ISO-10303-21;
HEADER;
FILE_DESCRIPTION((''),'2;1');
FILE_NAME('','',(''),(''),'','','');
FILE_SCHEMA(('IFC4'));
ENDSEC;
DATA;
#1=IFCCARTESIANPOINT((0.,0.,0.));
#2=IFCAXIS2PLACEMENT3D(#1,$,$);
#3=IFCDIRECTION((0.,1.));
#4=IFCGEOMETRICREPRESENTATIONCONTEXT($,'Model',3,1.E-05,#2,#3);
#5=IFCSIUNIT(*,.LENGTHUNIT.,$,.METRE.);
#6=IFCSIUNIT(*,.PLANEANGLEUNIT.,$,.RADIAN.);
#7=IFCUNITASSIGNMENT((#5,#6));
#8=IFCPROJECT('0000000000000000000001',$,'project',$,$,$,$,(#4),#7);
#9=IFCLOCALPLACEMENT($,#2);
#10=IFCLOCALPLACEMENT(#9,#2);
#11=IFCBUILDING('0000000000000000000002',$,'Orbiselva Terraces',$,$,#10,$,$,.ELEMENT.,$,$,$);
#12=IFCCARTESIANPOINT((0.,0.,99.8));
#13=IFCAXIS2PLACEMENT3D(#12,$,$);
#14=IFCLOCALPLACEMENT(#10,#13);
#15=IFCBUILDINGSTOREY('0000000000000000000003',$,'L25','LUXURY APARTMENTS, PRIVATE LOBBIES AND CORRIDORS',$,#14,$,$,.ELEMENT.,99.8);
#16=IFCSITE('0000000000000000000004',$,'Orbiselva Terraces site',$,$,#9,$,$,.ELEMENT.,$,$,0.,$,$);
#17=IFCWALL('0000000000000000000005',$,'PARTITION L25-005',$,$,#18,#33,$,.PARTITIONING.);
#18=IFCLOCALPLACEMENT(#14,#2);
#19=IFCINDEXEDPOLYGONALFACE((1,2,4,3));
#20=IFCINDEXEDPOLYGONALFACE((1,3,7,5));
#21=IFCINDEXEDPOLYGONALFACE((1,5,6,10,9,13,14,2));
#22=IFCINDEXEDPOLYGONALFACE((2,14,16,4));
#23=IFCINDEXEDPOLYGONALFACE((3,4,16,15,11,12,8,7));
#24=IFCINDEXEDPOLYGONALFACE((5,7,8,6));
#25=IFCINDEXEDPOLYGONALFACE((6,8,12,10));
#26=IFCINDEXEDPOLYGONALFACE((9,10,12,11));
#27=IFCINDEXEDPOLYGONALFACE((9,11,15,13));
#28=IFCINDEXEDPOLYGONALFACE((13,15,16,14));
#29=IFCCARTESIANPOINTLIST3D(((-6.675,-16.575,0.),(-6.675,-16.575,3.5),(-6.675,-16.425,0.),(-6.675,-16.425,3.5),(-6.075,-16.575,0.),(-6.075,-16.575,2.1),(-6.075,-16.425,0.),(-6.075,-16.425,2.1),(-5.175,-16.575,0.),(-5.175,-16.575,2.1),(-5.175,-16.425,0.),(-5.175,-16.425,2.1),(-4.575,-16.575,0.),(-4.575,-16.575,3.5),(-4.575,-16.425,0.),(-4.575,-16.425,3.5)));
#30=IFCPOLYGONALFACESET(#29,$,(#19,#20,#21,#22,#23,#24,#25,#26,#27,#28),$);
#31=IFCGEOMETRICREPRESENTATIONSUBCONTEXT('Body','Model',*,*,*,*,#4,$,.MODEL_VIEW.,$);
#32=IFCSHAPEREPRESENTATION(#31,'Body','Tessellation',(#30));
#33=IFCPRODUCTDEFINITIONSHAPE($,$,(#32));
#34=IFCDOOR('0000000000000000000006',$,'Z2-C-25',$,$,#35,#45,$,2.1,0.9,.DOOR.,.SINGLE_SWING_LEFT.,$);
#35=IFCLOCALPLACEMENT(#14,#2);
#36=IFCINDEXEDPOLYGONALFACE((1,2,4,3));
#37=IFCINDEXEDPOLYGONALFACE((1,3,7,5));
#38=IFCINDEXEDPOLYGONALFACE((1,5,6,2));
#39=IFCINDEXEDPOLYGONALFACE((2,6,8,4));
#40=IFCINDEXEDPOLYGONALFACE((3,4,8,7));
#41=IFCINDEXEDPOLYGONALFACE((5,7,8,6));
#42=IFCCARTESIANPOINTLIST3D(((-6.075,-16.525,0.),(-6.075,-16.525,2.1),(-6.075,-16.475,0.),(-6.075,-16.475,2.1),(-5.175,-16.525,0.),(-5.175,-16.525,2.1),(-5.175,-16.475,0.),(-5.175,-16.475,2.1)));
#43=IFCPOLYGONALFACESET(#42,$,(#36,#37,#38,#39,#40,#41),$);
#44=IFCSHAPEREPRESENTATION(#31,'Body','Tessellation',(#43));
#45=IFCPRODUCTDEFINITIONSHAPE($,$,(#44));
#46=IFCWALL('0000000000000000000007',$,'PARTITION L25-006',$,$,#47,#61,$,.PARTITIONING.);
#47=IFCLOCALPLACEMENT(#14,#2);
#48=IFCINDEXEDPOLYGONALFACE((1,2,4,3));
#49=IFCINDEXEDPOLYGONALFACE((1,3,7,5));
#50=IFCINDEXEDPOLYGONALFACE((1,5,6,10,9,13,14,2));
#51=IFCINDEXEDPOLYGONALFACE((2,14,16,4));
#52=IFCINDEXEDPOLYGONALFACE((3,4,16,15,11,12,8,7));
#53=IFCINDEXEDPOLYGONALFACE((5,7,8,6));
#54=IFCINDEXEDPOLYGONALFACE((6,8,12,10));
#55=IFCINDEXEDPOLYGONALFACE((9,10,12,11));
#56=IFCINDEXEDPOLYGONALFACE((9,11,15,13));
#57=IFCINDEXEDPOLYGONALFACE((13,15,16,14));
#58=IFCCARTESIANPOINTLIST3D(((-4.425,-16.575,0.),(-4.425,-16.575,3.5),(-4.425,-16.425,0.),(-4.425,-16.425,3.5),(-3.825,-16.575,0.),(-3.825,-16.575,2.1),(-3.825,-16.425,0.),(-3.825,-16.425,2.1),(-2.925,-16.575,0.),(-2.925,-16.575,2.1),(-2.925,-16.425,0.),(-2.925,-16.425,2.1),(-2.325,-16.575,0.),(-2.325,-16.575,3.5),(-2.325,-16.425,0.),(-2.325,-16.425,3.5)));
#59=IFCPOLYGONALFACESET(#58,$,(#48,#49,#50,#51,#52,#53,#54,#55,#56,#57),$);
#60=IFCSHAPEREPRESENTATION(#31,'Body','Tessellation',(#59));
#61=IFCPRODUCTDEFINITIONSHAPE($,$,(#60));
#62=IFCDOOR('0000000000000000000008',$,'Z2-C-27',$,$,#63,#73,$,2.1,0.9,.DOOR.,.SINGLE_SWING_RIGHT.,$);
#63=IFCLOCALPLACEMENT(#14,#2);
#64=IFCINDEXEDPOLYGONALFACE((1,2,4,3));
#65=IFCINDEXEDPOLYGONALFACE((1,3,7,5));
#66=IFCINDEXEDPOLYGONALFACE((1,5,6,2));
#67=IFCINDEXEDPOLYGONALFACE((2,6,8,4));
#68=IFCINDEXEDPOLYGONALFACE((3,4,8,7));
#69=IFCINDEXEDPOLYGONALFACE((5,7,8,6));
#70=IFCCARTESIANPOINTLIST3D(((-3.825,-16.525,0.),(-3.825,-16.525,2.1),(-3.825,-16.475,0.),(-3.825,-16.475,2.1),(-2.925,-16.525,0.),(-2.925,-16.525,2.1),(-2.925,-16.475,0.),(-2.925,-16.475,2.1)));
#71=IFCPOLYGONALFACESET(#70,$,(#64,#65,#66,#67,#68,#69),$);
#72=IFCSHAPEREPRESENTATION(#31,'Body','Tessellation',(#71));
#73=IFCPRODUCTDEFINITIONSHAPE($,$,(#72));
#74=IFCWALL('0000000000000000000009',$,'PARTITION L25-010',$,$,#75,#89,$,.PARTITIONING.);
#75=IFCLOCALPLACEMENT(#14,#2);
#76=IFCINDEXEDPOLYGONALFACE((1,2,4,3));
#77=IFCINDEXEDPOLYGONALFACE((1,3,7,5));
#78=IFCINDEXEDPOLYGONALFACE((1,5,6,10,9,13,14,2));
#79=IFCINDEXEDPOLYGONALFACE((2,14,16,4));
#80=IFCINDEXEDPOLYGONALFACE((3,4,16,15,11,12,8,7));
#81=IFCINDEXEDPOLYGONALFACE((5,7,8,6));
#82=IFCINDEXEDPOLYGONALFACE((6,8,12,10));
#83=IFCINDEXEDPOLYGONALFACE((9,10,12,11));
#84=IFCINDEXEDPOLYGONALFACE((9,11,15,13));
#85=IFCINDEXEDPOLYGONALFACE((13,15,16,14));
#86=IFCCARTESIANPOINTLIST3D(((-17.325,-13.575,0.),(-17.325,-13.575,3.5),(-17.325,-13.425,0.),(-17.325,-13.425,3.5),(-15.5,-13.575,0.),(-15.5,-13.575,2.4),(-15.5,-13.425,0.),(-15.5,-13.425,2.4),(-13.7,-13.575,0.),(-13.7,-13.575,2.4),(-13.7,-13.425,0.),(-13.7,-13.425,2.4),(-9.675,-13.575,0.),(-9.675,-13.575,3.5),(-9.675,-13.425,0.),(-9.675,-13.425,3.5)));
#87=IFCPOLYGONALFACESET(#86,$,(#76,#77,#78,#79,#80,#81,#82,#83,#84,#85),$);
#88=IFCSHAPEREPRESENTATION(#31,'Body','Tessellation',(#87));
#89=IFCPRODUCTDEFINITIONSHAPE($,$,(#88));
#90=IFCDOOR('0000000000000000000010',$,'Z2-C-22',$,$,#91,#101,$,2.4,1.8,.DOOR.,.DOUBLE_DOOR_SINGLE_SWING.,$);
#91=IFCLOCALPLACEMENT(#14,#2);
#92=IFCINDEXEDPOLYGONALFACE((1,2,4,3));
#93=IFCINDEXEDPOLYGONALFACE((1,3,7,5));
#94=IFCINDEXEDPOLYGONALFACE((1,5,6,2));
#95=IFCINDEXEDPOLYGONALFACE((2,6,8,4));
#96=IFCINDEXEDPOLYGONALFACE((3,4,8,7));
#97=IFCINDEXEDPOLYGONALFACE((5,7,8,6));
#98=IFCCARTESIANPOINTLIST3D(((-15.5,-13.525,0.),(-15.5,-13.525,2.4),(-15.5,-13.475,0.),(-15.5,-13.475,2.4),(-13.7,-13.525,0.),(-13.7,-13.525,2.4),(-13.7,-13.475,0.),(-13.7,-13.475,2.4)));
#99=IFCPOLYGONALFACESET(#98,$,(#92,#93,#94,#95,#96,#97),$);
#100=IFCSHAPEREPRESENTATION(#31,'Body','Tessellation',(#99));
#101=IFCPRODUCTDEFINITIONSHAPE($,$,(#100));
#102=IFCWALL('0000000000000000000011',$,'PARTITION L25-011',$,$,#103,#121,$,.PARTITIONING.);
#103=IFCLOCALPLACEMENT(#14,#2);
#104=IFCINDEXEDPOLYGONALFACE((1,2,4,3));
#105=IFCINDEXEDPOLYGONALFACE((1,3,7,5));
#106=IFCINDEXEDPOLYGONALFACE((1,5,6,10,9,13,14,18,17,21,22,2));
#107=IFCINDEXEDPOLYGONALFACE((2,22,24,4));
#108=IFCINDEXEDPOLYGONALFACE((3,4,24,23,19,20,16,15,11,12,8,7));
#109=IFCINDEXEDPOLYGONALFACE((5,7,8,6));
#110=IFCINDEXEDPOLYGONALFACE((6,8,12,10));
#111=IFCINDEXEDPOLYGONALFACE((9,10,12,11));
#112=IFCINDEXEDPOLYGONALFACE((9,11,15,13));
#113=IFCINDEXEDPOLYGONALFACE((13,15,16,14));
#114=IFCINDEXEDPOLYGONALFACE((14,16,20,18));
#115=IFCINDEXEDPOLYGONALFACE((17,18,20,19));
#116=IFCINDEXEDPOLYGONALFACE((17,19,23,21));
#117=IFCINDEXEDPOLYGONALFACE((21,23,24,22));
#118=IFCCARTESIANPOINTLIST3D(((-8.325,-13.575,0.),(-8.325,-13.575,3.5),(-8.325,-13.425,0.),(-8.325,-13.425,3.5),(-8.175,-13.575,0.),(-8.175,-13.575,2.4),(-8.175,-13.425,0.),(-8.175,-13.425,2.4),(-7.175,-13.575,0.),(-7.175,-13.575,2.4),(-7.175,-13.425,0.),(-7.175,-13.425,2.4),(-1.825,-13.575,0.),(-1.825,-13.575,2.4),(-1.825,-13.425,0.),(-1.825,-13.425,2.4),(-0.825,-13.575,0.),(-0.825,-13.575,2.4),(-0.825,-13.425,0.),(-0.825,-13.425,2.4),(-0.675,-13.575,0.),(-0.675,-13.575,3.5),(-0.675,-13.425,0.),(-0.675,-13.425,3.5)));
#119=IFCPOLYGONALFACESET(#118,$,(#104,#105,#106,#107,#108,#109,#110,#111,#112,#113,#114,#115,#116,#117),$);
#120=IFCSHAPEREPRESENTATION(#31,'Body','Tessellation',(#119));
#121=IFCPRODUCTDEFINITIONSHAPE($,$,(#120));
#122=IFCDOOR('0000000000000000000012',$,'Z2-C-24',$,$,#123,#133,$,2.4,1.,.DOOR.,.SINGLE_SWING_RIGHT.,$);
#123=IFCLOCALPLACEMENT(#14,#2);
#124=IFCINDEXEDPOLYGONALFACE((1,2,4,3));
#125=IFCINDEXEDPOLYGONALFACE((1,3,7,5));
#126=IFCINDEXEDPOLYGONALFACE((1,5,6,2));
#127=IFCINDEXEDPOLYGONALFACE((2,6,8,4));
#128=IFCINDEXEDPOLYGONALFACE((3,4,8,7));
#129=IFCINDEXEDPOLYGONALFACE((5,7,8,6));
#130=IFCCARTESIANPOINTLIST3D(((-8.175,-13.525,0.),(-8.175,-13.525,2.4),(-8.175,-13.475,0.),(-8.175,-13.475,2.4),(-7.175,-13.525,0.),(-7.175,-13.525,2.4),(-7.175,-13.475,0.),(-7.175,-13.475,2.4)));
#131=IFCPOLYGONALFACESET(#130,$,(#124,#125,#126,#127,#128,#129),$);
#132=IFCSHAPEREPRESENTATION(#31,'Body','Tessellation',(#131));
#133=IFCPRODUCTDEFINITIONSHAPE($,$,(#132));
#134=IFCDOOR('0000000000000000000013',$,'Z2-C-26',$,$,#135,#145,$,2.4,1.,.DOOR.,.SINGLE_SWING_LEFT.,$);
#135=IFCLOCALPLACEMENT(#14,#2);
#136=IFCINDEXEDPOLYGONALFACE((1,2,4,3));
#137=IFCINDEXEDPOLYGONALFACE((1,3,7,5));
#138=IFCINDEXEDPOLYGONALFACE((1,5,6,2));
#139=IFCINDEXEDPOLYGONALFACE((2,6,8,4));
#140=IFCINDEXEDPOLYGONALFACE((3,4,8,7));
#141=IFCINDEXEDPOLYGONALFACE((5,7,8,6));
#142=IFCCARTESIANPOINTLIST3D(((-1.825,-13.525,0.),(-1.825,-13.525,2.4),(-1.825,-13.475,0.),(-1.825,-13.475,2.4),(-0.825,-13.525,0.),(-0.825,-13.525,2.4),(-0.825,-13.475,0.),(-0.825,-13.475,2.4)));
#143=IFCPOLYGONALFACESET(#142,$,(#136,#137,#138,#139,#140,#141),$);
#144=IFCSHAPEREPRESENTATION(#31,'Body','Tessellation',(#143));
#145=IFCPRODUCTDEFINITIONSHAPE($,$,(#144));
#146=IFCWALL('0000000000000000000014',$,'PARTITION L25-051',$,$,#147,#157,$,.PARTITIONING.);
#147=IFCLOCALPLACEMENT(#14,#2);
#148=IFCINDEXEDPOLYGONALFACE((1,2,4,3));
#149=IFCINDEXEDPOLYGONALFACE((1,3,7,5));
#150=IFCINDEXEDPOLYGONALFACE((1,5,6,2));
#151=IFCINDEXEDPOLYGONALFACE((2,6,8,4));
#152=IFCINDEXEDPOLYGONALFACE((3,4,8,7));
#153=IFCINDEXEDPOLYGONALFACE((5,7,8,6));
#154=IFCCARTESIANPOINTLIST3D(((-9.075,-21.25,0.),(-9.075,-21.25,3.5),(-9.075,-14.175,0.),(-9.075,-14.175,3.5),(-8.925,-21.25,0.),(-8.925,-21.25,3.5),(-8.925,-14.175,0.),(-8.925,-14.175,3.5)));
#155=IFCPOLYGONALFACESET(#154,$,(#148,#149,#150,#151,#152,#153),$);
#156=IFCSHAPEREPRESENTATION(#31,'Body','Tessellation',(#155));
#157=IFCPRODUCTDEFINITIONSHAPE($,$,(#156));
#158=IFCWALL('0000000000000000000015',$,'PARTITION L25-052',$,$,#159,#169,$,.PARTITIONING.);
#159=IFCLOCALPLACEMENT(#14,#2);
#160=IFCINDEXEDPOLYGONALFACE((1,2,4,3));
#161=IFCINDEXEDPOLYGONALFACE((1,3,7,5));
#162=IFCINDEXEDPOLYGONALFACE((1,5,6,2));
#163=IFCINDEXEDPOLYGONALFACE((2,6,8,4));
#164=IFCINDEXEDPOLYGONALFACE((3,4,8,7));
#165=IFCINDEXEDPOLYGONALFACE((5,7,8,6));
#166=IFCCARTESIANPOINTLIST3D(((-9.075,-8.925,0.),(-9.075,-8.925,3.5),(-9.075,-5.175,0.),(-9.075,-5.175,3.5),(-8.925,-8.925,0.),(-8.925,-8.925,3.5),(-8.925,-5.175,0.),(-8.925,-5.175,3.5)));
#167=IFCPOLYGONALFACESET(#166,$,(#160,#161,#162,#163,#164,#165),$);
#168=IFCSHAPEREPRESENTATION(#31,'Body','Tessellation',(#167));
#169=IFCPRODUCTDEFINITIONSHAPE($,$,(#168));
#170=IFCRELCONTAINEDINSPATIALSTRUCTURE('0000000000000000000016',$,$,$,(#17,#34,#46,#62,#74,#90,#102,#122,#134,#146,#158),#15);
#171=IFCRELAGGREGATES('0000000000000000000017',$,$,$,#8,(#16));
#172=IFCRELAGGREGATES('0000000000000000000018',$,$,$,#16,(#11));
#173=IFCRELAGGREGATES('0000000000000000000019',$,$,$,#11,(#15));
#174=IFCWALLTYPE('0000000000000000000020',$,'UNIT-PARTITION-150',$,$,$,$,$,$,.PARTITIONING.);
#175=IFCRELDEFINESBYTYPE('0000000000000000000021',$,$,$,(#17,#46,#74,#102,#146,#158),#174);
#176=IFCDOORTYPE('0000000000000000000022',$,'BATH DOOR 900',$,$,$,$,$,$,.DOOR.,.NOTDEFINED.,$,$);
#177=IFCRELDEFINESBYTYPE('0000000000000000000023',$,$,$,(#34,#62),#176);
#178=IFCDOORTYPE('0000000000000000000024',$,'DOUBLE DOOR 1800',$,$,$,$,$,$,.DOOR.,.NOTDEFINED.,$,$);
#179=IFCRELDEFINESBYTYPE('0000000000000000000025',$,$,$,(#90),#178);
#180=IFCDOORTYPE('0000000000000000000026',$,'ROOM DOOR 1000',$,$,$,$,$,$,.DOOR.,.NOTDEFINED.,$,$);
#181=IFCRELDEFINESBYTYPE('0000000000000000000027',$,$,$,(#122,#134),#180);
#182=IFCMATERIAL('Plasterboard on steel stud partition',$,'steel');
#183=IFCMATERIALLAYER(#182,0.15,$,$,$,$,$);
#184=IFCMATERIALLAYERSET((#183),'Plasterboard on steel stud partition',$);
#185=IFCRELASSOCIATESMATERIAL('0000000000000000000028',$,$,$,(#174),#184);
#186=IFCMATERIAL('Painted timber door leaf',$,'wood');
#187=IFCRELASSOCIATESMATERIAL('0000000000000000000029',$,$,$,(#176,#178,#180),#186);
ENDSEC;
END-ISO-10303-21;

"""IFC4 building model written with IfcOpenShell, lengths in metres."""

from ifc_helpers import new_model, si_unit, direction, frame, frame_2d, origin, place, context, subcontext, project, spatial, rectangle, extrude, material, layer, layer_set, type_object, element, fill, save


model = new_model("IFC4")

# Units and contexts
model_context = context("Model", 3, precision=1e-05, world=origin(), true_north=direction((0.0, 1.0)))
body_context = subcontext(model_context, "Body", "Model", "MODEL_VIEW")
ifc_project = project(units=[si_unit("LENGTHUNIT", "METRE"), si_unit("PLANEANGLEUNIT", "RADIAN")], contexts=[model_context])

# Site, building, storey
site_placement = place(None, origin())
site = spatial("IfcSite", under=ifc_project, at=site_placement, Name="Orbiselva Terraces site", CompositionType="ELEMENT", RefElevation=0.0)
building_placement = place(site_placement, origin())
building = spatial("IfcBuilding", under=site, at=building_placement, Name="Orbiselva Terraces", CompositionType="ELEMENT")
storey_placement = place(building_placement, frame((0.0, 0.0, 99.8)))
storey = spatial("IfcBuildingStorey", under=building, at=storey_placement, Name="L25", Description="LUXURY APARTMENTS, PRIVATE LOBBIES AND CORRIDORS", CompositionType="ELEMENT", Elevation=99.8)

# Walls, openings, doors
ifc_material_1 = material(Name="Plasterboard on steel stud partition", Category="steel")
ifc_layer_1 = layer(ifc_material_1, 0.15)
ifc_layer_set_1 = layer_set([ifc_layer_1], Name="Plasterboard on steel stud partition")
wall_type_1 = type_object("IfcWallType", Name="UNIT-PARTITION-150", PredefinedType="PARTITIONING", material=ifc_layer_set_1)
wall_1_placement = place(storey_placement, frame((-6.675, -16.5, 0.0), z_axis=(0.0, 0.0, 1.0), x_axis=(1.0, 0.0, 0.0)))
wall_1 = element("IfcWall", 1, at=wall_1_placement, inside=storey, type_object=wall_type_1, Name="PARTITION L25-005", PredefinedType="PARTITIONING", context=body_context, shape_type="SweptSolid", body=[
    extrude(rectangle(XDim=2.1, YDim=0.15, at=frame_2d((1.05, 0.0))), origin(), (0.0, 0.0, 1.0), 3.5),
])
opening_1_placement = place(wall_1_placement, frame((0.6, 0.0, 0.0)))
opening_1 = element("IfcOpeningElement", 2, at=opening_1_placement, cuts=wall_1, PredefinedType="OPENING", context=body_context, shape_type="SweptSolid", body=[
    extrude(rectangle(XDim=0.9, YDim=2.1, at=frame_2d((0.45, 1.05))), frame((0.0, 0.085, 0.0), z_axis=(0.0, -1.0, 0.0), x_axis=(1.0, 0.0, 0.0)), (0.0, 0.0, 1.0), 0.17),
])
ifc_material_2 = material(Name="Painted timber door leaf", Category="wood")
door_type_1 = type_object("IfcDoorType", Name="BATH DOOR 900", OperationType="NOTDEFINED", PredefinedType="DOOR", material=ifc_material_2)
door_1_placement = place(opening_1_placement, origin())
door_1 = element("IfcDoor", 3, at=door_1_placement, inside=storey, type_object=door_type_1, Name="Z2-C-25", OperationType="SINGLE_SWING_LEFT", OverallHeight=2.1, OverallWidth=0.9, PredefinedType="DOOR", context=body_context, shape_type="SweptSolid", body=[
    extrude(rectangle(XDim=0.9, YDim=2.1, at=frame_2d((0.45, 1.05))), frame((0.0, 0.025, 0.0), z_axis=(0.0, -1.0, 0.0), x_axis=(1.0, 0.0, 0.0)), (0.0, 0.0, 1.0), 0.05),
])
fill(opening_1, door_1)
wall_2_placement = place(storey_placement, frame((-4.425, -16.5, 0.0), z_axis=(0.0, 0.0, 1.0), x_axis=(1.0, 0.0, 0.0)))
wall_2 = element("IfcWall", 4, at=wall_2_placement, inside=storey, type_object=wall_type_1, Name="PARTITION L25-006", PredefinedType="PARTITIONING", context=body_context, shape_type="SweptSolid", body=[
    extrude(rectangle(XDim=2.1, YDim=0.15, at=frame_2d((1.05, 0.0))), origin(), (0.0, 0.0, 1.0), 3.5),
])
opening_2_placement = place(wall_2_placement, frame((0.6, 0.0, 0.0)))
opening_2 = element("IfcOpeningElement", 5, at=opening_2_placement, cuts=wall_2, PredefinedType="OPENING", context=body_context, shape_type="SweptSolid", body=[
    extrude(rectangle(XDim=0.9, YDim=2.1, at=frame_2d((0.45, 1.05))), frame((0.0, 0.085, 0.0), z_axis=(0.0, -1.0, 0.0), x_axis=(1.0, 0.0, 0.0)), (0.0, 0.0, 1.0), 0.17),
])
door_2_placement = place(opening_2_placement, origin())
door_2 = element("IfcDoor", 6, at=door_2_placement, inside=storey, type_object=door_type_1, Name="Z2-C-27", OperationType="SINGLE_SWING_RIGHT", OverallHeight=2.1, OverallWidth=0.9, PredefinedType="DOOR", context=body_context, shape_type="SweptSolid", body=[
    extrude(rectangle(XDim=0.9, YDim=2.1, at=frame_2d((0.45, 1.05))), frame((0.0, 0.025, 0.0), z_axis=(0.0, -1.0, 0.0), x_axis=(1.0, 0.0, 0.0)), (0.0, 0.0, 1.0), 0.05),
])
fill(opening_2, door_2)
wall_3_placement = place(storey_placement, frame((-9.675, -13.5, 0.0), z_axis=(0.0, 0.0, 1.0), x_axis=(-1.0, 0.0, 0.0)))
wall_3 = element("IfcWall", 7, at=wall_3_placement, inside=storey, type_object=wall_type_1, Name="PARTITION L25-010", PredefinedType="PARTITIONING", context=body_context, shape_type="SweptSolid", body=[
    extrude(rectangle(XDim=7.65, YDim=0.15, at=frame_2d((3.825, 0.0))), origin(), (0.0, 0.0, 1.0), 3.5),
])
opening_3_placement = place(wall_3_placement, frame((4.025, 0.0, 0.0)))
opening_3 = element("IfcOpeningElement", 8, at=opening_3_placement, cuts=wall_3, PredefinedType="OPENING", context=body_context, shape_type="SweptSolid", body=[
    extrude(rectangle(XDim=1.8, YDim=2.4, at=frame_2d((0.9, 1.2))), frame((0.0, 0.085, 0.0), z_axis=(0.0, -1.0, 0.0), x_axis=(1.0, 0.0, 0.0)), (0.0, 0.0, 1.0), 0.17),
])
door_type_2 = type_object("IfcDoorType", Name="DOUBLE DOOR 1800", OperationType="NOTDEFINED", PredefinedType="DOOR", material=ifc_material_2)
door_3_placement = place(opening_3_placement, origin())
door_3 = element("IfcDoor", 9, at=door_3_placement, inside=storey, type_object=door_type_2, Name="Z2-C-22", OperationType="DOUBLE_DOOR_SINGLE_SWING", OverallHeight=2.4, OverallWidth=1.8, PredefinedType="DOOR", context=body_context, shape_type="SweptSolid", body=[
    extrude(rectangle(XDim=1.8, YDim=2.4, at=frame_2d((0.9, 1.2))), frame((0.0, 0.025, 0.0), z_axis=(0.0, -1.0, 0.0), x_axis=(1.0, 0.0, 0.0)), (0.0, 0.0, 1.0), 0.05),
])
fill(opening_3, door_3)

# Wall, openings, doors
wall_4_placement = place(storey_placement, frame((-0.675, -13.5, 0.0), z_axis=(0.0, 0.0, 1.0), x_axis=(-1.0, 0.0, 0.0)))
wall_4 = element("IfcWall", 10, at=wall_4_placement, inside=storey, type_object=wall_type_1, Name="PARTITION L25-011", PredefinedType="PARTITIONING", context=body_context, shape_type="SweptSolid", body=[
    extrude(rectangle(XDim=7.65, YDim=0.15, at=frame_2d((3.825, 0.0))), origin(), (0.0, 0.0, 1.0), 3.5),
])
opening_4_placement = place(wall_4_placement, frame((6.5, 0.0, 0.0)))
opening_4 = element("IfcOpeningElement", 11, at=opening_4_placement, cuts=wall_4, PredefinedType="OPENING", context=body_context, shape_type="SweptSolid", body=[
    extrude(rectangle(XDim=1.0, YDim=2.4, at=frame_2d((0.5, 1.2))), frame((0.0, 0.085, 0.0), z_axis=(0.0, -1.0, 0.0), x_axis=(1.0, 0.0, 0.0)), (0.0, 0.0, 1.0), 0.17),
])
opening_5_placement = place(wall_4_placement, frame((0.15, 0.0, 0.0)))
opening_5 = element("IfcOpeningElement", 12, at=opening_5_placement, cuts=wall_4, PredefinedType="OPENING", context=body_context, shape_type="SweptSolid", body=[
    extrude(rectangle(XDim=1.0, YDim=2.4, at=frame_2d((0.5, 1.2))), frame((0.0, 0.085, 0.0), z_axis=(0.0, -1.0, 0.0), x_axis=(1.0, 0.0, 0.0)), (0.0, 0.0, 1.0), 0.17),
])
door_type_3 = type_object("IfcDoorType", Name="ROOM DOOR 1000", OperationType="NOTDEFINED", PredefinedType="DOOR", material=ifc_material_2)
door_4_placement = place(opening_4_placement, origin())
door_4 = element("IfcDoor", 13, at=door_4_placement, inside=storey, type_object=door_type_3, Name="Z2-C-24", OperationType="SINGLE_SWING_RIGHT", OverallHeight=2.4, OverallWidth=1.0, PredefinedType="DOOR", context=body_context, shape_type="SweptSolid", body=[
    extrude(rectangle(XDim=1.0, YDim=2.4, at=frame_2d((0.5, 1.2))), frame((0.0, 0.025, 0.0), z_axis=(0.0, -1.0, 0.0), x_axis=(1.0, 0.0, 0.0)), (0.0, 0.0, 1.0), 0.05),
])
fill(opening_4, door_4)
door_5_placement = place(opening_5_placement, origin())
door_5 = element("IfcDoor", 14, at=door_5_placement, inside=storey, type_object=door_type_3, Name="Z2-C-26", OperationType="SINGLE_SWING_LEFT", OverallHeight=2.4, OverallWidth=1.0, PredefinedType="DOOR", context=body_context, shape_type="SweptSolid", body=[
    extrude(rectangle(XDim=1.0, YDim=2.4, at=frame_2d((0.5, 1.2))), frame((0.0, 0.025, 0.0), z_axis=(0.0, -1.0, 0.0), x_axis=(1.0, 0.0, 0.0)), (0.0, 0.0, 1.0), 0.05),
])
fill(opening_5, door_5)

# Walls
wall_5_placement = place(storey_placement, frame((-9.0, -21.25, 0.0), z_axis=(0.0, 0.0, 1.0), x_axis=(0.0, 1.0, 0.0)))
element("IfcWall", 15, at=wall_5_placement, inside=storey, type_object=wall_type_1, Name="PARTITION L25-051", PredefinedType="PARTITIONING", context=body_context, shape_type="SweptSolid", body=[
    extrude(rectangle(XDim=7.075, YDim=0.15, at=frame_2d((3.5375, 0.0))), origin(), (0.0, 0.0, 1.0), 3.5),
])
wall_6_placement = place(storey_placement, frame((-9.0, -8.925, 0.0), z_axis=(0.0, 0.0, 1.0), x_axis=(0.0, 1.0, 0.0)))
element("IfcWall", 16, at=wall_6_placement, inside=storey, type_object=wall_type_1, Name="PARTITION L25-052", PredefinedType="PARTITIONING", context=body_context, shape_type="SweptSolid", body=[
    extrude(rectangle(XDim=3.75, YDim=0.15, at=frame_2d((1.875, 0.0))), origin(), (0.0, 0.0, 1.0), 3.5),
])

save(model, "model.ifc")
